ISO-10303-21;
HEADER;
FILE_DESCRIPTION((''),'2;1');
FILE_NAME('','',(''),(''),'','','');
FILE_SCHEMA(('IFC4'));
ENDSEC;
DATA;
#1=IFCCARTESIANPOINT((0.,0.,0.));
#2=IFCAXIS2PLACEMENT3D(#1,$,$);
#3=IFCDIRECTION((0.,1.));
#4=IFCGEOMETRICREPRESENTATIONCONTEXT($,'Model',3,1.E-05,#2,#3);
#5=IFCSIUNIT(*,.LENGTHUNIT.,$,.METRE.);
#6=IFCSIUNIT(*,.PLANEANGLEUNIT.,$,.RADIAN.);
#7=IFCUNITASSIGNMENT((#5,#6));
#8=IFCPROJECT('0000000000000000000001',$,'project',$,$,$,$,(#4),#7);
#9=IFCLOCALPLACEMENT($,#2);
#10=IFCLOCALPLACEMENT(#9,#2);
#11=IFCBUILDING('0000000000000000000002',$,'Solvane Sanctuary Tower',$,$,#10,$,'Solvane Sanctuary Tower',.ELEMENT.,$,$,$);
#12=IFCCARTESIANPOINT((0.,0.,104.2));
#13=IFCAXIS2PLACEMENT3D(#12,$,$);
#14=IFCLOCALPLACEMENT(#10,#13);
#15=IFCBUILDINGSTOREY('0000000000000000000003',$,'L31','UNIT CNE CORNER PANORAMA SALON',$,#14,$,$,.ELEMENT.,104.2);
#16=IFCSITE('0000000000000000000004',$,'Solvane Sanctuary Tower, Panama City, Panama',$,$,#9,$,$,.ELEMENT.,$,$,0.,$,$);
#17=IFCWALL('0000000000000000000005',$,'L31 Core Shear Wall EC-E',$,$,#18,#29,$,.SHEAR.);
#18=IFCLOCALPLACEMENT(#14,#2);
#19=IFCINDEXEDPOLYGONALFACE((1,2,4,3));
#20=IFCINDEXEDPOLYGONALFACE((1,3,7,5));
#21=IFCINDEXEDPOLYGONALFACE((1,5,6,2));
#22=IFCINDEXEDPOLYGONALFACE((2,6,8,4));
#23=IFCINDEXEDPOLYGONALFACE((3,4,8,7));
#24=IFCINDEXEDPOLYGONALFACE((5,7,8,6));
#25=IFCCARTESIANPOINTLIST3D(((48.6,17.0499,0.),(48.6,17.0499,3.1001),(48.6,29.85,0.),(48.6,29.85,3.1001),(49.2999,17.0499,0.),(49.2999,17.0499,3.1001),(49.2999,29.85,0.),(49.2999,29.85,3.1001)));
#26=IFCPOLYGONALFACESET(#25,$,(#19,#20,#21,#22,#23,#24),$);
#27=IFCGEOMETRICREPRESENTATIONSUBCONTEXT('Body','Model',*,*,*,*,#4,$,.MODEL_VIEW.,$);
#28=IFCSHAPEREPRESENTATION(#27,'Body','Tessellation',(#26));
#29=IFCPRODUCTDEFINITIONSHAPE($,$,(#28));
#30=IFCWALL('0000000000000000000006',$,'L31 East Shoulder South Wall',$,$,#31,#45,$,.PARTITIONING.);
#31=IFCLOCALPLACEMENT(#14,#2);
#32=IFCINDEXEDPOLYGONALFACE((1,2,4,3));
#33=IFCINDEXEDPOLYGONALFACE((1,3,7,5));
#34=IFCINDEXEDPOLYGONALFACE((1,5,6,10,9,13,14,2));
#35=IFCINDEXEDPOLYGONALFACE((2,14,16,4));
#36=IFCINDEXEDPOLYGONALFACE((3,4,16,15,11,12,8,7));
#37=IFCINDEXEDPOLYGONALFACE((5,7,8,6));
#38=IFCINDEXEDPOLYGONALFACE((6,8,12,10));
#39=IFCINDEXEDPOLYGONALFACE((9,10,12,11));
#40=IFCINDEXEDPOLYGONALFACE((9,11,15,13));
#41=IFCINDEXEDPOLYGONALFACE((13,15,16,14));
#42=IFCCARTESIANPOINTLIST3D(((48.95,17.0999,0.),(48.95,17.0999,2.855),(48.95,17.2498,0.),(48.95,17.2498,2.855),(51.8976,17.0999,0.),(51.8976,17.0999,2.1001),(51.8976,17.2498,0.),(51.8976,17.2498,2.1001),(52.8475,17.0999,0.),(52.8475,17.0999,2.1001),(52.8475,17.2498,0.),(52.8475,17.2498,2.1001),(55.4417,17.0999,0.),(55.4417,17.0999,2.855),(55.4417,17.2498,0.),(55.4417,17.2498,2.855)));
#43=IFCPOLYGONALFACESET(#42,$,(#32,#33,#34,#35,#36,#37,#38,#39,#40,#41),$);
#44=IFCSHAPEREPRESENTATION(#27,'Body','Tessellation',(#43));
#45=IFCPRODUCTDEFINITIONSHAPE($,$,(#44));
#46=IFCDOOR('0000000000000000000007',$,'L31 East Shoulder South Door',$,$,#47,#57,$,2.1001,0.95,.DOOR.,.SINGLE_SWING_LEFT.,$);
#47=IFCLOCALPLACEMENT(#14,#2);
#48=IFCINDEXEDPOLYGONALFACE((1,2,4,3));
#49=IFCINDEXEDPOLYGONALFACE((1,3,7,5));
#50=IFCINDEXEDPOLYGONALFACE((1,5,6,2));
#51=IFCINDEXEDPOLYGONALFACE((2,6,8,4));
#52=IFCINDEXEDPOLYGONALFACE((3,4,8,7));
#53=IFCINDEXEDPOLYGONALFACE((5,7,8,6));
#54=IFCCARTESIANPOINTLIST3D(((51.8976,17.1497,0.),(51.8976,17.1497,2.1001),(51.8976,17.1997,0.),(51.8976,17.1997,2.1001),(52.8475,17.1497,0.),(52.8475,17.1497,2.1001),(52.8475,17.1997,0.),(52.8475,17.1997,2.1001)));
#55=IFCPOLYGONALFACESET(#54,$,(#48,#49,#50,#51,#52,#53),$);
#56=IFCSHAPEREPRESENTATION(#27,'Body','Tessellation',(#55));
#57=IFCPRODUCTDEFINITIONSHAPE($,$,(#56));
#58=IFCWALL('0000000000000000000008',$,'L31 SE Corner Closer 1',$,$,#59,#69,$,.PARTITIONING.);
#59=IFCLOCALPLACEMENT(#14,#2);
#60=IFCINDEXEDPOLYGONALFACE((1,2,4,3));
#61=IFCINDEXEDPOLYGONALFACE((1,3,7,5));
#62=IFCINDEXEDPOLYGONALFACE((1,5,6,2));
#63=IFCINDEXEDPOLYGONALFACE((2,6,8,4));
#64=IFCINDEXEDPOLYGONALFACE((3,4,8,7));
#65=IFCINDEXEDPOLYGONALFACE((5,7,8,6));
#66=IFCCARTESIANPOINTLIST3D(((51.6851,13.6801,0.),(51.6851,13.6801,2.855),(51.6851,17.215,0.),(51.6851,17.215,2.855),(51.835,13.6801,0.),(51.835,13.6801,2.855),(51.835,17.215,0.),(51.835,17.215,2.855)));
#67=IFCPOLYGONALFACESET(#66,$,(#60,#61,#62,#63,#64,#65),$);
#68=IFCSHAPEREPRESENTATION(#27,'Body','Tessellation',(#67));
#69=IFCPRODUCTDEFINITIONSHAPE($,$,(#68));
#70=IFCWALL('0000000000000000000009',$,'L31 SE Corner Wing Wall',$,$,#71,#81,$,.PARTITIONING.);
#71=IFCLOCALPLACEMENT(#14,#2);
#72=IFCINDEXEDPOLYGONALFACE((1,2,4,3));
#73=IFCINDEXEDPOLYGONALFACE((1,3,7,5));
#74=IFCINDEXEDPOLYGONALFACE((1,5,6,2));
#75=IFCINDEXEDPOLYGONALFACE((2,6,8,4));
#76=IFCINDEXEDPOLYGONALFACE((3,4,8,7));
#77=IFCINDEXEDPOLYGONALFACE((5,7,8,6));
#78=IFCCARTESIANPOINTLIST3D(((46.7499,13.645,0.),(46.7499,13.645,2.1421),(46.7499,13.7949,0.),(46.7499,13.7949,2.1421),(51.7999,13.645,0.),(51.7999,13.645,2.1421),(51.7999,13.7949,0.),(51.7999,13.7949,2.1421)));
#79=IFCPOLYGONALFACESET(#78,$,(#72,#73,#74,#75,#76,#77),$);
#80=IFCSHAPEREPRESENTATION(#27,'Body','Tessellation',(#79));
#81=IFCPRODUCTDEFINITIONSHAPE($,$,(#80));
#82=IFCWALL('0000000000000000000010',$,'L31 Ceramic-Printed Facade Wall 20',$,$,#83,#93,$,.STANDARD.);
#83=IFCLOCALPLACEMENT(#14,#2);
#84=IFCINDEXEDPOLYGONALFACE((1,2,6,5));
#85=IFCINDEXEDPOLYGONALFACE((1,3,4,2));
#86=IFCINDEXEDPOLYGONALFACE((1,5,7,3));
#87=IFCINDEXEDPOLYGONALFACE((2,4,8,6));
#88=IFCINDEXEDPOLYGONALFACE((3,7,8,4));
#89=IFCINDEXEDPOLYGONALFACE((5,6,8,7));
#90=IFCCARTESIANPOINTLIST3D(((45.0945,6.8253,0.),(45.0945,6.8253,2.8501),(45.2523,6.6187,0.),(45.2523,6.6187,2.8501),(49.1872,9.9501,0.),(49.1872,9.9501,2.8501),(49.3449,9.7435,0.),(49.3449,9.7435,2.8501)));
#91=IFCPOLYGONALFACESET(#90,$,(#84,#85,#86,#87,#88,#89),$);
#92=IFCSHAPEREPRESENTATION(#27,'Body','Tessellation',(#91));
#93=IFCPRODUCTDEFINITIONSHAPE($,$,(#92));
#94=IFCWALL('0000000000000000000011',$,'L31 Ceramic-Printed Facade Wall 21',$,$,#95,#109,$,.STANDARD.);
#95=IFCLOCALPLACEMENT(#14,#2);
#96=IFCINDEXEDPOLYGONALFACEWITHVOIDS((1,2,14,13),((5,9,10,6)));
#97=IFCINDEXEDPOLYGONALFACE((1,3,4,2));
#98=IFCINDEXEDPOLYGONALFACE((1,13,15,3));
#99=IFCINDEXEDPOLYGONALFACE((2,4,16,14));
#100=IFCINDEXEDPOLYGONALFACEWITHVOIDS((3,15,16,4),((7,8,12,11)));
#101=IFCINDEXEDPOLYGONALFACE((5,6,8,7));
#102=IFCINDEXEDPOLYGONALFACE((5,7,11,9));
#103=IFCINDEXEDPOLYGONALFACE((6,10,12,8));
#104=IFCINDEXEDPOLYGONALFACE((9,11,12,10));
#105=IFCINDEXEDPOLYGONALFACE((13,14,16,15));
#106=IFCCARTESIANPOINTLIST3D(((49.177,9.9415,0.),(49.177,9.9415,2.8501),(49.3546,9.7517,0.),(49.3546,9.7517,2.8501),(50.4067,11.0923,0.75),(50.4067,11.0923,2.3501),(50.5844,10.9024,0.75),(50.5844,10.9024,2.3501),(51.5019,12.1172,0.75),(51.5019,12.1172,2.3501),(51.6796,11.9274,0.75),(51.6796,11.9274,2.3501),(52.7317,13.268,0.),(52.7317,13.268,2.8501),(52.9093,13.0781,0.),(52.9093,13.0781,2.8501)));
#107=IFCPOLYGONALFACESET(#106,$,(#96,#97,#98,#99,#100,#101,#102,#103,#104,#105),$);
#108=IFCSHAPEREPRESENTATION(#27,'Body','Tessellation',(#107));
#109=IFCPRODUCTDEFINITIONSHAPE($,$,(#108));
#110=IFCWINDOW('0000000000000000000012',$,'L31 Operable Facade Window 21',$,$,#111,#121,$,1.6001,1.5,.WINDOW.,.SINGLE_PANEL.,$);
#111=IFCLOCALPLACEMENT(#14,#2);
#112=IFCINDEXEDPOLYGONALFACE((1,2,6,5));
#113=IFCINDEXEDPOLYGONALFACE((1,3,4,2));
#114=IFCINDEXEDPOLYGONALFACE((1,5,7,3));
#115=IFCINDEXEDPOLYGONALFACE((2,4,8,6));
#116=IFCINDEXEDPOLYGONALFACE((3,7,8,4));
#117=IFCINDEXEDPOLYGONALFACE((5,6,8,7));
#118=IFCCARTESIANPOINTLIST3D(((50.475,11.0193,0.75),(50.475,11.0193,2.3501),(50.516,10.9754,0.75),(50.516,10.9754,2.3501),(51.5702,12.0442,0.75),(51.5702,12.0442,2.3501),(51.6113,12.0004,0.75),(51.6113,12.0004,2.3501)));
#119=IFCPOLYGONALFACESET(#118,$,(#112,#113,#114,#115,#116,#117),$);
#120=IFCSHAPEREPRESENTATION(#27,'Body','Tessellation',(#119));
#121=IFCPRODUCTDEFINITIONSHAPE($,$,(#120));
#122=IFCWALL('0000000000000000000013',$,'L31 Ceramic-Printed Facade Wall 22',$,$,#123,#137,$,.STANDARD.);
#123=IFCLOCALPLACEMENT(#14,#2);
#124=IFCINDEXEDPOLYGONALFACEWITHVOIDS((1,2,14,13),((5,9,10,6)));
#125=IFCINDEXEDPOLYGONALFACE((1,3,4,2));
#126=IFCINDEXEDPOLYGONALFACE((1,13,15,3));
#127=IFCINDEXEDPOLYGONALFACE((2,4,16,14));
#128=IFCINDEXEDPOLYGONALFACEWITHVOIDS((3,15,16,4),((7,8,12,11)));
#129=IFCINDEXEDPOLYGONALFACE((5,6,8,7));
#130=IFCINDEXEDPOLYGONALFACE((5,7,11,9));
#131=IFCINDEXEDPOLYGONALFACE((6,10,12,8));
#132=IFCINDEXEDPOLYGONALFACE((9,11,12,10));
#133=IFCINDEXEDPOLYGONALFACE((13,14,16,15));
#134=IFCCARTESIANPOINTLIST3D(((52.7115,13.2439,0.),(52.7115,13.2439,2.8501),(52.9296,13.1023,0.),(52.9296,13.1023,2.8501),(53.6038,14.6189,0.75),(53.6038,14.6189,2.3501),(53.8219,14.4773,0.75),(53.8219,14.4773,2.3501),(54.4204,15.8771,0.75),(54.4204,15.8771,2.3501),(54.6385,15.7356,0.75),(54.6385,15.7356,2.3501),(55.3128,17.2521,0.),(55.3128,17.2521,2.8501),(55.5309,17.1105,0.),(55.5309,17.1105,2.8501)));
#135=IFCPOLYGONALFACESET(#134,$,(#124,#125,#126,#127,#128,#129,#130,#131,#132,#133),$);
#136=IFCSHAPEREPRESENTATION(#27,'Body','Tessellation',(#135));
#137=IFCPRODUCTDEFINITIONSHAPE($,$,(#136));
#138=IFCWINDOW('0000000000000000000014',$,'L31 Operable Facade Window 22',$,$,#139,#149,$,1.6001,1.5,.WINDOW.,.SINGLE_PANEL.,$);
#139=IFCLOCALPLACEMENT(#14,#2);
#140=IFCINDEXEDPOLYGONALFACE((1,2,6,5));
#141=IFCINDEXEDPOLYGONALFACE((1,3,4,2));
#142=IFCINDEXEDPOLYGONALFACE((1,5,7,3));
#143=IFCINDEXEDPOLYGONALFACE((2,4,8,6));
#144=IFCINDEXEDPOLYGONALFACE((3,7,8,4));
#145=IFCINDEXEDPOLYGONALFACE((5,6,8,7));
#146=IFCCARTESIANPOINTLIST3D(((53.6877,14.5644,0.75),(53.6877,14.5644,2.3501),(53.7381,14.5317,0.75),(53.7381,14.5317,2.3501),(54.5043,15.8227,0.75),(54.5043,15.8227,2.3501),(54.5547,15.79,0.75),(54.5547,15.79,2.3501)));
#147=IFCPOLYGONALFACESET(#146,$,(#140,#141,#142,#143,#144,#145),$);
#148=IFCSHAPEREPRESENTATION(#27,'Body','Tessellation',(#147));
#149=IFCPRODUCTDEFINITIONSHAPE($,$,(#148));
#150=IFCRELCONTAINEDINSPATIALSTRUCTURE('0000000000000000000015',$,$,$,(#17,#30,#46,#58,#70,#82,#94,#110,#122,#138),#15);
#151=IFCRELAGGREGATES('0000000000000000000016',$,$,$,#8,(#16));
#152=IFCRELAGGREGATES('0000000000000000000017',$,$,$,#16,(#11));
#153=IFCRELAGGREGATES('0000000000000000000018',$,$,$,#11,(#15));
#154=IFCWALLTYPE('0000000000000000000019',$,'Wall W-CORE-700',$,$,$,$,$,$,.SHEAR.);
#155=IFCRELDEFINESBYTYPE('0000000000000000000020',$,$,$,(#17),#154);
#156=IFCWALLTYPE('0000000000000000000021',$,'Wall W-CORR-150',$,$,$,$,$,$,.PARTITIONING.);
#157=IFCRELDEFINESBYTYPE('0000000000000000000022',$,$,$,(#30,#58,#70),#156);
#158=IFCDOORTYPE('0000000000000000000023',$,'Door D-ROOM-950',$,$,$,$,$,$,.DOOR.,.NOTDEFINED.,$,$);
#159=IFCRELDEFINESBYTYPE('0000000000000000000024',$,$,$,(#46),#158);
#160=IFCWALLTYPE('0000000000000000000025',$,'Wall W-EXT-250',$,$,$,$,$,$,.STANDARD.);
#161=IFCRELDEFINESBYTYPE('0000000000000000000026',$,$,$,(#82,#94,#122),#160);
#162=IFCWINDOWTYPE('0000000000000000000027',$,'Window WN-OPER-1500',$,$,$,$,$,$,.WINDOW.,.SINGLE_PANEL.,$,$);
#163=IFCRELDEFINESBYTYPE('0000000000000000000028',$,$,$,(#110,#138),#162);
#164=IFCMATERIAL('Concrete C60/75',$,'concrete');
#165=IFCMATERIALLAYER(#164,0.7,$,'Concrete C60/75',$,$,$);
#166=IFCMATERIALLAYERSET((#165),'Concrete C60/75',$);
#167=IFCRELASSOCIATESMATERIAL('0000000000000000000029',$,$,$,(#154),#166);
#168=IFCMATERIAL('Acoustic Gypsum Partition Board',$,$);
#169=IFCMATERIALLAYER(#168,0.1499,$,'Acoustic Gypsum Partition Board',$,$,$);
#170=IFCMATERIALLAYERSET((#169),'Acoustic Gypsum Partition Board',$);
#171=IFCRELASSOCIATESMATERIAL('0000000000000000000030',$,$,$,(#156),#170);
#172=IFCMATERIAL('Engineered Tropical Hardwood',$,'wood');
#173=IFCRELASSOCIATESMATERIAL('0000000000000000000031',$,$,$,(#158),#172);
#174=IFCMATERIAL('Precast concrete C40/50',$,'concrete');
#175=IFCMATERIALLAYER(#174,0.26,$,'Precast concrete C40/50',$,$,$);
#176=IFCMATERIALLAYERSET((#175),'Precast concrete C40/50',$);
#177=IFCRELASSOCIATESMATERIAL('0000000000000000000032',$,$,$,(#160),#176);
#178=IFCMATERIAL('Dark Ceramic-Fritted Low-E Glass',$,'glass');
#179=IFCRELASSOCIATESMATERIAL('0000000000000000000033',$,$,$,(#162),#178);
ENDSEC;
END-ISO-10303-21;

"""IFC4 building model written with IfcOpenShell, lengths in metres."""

from ifc_helpers import new_model, si_unit, direction, frame, frame_2d, origin, place, context, subcontext, project, spatial, rectangle, extrude, material, layer, layer_set, type_object, element, fill, save


model = new_model("IFC4")

# Units and contexts
model_context = context("Model", 3, precision=1e-05, world=origin(), true_north=direction((0.0, 1.0)))
body_context = subcontext(model_context, "Body", "Model", "MODEL_VIEW")
ifc_project = project(units=[si_unit("LENGTHUNIT", "METRE"), si_unit("PLANEANGLEUNIT", "RADIAN")], contexts=[model_context])

# Site, building, storey
site_placement = place(None, origin())
site = spatial("IfcSite", under=ifc_project, at=site_placement, Name="Solvane Sanctuary Tower, Panama City, Panama", CompositionType="ELEMENT", RefElevation=0.0)
building_placement = place(site_placement, origin())
building = spatial("IfcBuilding", under=site, at=building_placement, Name="Solvane Sanctuary Tower", LongName="Solvane Sanctuary Tower", CompositionType="ELEMENT")
storey_placement = place(building_placement, frame((0.0, 0.0, 104.2)))
storey = spatial("IfcBuildingStorey", under=building, at=storey_placement, Name="L31", Description="UNIT CNE CORNER PANORAMA SALON", CompositionType="ELEMENT", Elevation=104.2)

# Shared definitions
ifc_material_1 = material(Name="Concrete C60/75", Category="concrete")

# Wall
ifc_layer_1 = layer(ifc_material_1, 0.7, Name="Concrete C60/75")
ifc_layer_set_1 = layer_set([ifc_layer_1], Name="Concrete C60/75")
wall_type_1 = type_object("IfcWallType", Name="Wall W-CORE-700", PredefinedType="SHEAR", material=ifc_layer_set_1)
wall_1_placement = place(storey_placement, frame((48.95, 17.05, 0.0), z_axis=(0.0, 0.0, 1.0), x_axis=(0.0, 1.0, 0.0)))
element("IfcWall", 1, at=wall_1_placement, inside=storey, type_object=wall_type_1, Name="L31 Core Shear Wall EC-E", PredefinedType="SHEAR", context=body_context, shape_type="SweptSolid", body=[
    extrude(rectangle(XDim=12.8, YDim=0.7, at=frame_2d((6.3999, 0.0))), origin(), (0.0, 0.0, 1.0), 3.1001),
])

# Wall, opening, door
ifc_material_2 = material(Name="Acoustic Gypsum Partition Board")
ifc_layer_2 = layer(ifc_material_2, 0.1499, Name="Acoustic Gypsum Partition Board")
ifc_layer_set_2 = layer_set([ifc_layer_2], Name="Acoustic Gypsum Partition Board")
wall_type_2 = type_object("IfcWallType", Name="Wall W-CORR-150", PredefinedType="PARTITIONING", material=ifc_layer_set_2)
wall_2_placement = place(storey_placement, frame((48.95, 17.1748, 0.0), z_axis=(0.0, 0.0, 1.0), x_axis=(1.0, 0.0, 0.0)))
wall_2 = element("IfcWall", 2, at=wall_2_placement, inside=storey, type_object=wall_type_2, Name="L31 East Shoulder South Wall", PredefinedType="PARTITIONING", context=body_context, shape_type="SweptSolid", body=[
    extrude(rectangle(XDim=6.4917, YDim=0.1499, at=frame_2d((3.2458, 0.0))), origin(), (0.0, 0.0, 1.0), 2.855),
])
opening_1_placement = place(wall_2_placement, frame((2.9475, 0.0, 0.0)))
opening_1 = element("IfcOpeningElement", 3, at=opening_1_placement, cuts=wall_2, PredefinedType="OPENING", context=body_context, shape_type="SweptSolid", body=[
    extrude(rectangle(XDim=0.95, YDim=2.1001, at=frame_2d((0.4751, 1.05))), frame((0.0, 0.085, 0.0), z_axis=(0.0, -1.0, 0.0), x_axis=(1.0, 0.0, 0.0)), (0.0, 0.0, 1.0), 0.1699),
])
ifc_material_3 = material(Name="Engineered Tropical Hardwood", Category="wood")
door_type = type_object("IfcDoorType", Name="Door D-ROOM-950", OperationType="NOTDEFINED", PredefinedType="DOOR", material=ifc_material_3)
door_placement = place(opening_1_placement, origin())
door = element("IfcDoor", 4, at=door_placement, inside=storey, type_object=door_type, Name="L31 East Shoulder South Door", OperationType="SINGLE_SWING_LEFT", OverallHeight=2.1001, OverallWidth=0.95, PredefinedType="DOOR", context=body_context, shape_type="SweptSolid", body=[
    extrude(rectangle(XDim=0.95, YDim=2.1001, at=frame_2d((0.4751, 1.05))), frame((0.0, 0.0249, 0.0), z_axis=(0.0, -1.0, 0.0), x_axis=(1.0, 0.0, 0.0)), (0.0, 0.0, 1.0), 0.05),
])
fill(opening_1, door)

# Walls
wall_3_placement = place(storey_placement, frame((51.76, 13.6799, 0.0), z_axis=(0.0, 0.0, 1.0), x_axis=(0.0, 1.0, 0.0)))
element("IfcWall", 5, at=wall_3_placement, inside=storey, type_object=wall_type_2, Name="L31 SE Corner Closer 1", PredefinedType="PARTITIONING", context=body_context, shape_type="SweptSolid", body=[
    extrude(rectangle(XDim=3.5349, YDim=0.1499, at=frame_2d((1.7676, 0.0))), origin(), (0.0, 0.0, 1.0), 2.855),
])
wall_4_placement = place(storey_placement, frame((46.75, 13.72, 0.0), z_axis=(0.0, 0.0, 1.0), x_axis=(1.0, 0.0, 0.0)))
element("IfcWall", 6, at=wall_4_placement, inside=storey, type_object=wall_type_2, Name="L31 SE Corner Wing Wall", PredefinedType="PARTITIONING", context=body_context, shape_type="SweptSolid", body=[
    extrude(rectangle(XDim=5.05, YDim=0.1499, at=frame_2d((2.5249, 0.0))), origin(), (0.0, 0.0, 1.0), 2.1421),
])
ifc_material_4 = material(Name="Precast concrete C40/50", Category="concrete")
ifc_layer_3 = layer(ifc_material_4, 0.26, Name="Precast concrete C40/50")
ifc_layer_set_3 = layer_set([ifc_layer_3], Name="Precast concrete C40/50")
wall_type_3 = type_object("IfcWallType", Name="Wall W-EXT-250", PredefinedType="STANDARD", material=ifc_layer_set_3)
wall_5_placement = place(storey_placement, frame((45.1733, 6.7219, 0.0), z_axis=(0.0, 0.0, 1.0), x_axis=(0.79481, 0.606859, 0.0)))
element("IfcWall", 7, at=wall_5_placement, inside=storey, type_object=wall_type_3, Name="L31 Ceramic-Printed Facade Wall 20", PredefinedType="STANDARD", context=body_context, shape_type="SweptSolid", body=[
    extrude(rectangle(XDim=5.1492, YDim=0.26, at=frame_2d((2.5747, 0.0))), origin(), (0.0, 0.0, 1.0), 2.8501),
])

# Walls, openings, windows
wall_6_placement = place(storey_placement, frame((49.2659, 9.8467, 0.0), z_axis=(0.0, 0.0, 1.0), x_axis=(0.730162, 0.683274, 0.0)))
wall_6 = element("IfcWall", 8, at=wall_6_placement, inside=storey, type_object=wall_type_3, Name="L31 Ceramic-Printed Facade Wall 21", PredefinedType="STANDARD", context=body_context, shape_type="SweptSolid", body=[
    extrude(rectangle(XDim=4.8684, YDim=0.26, at=frame_2d((2.4341, 0.0))), origin(), (0.0, 0.0, 1.0), 2.8501),
])
opening_2_placement = place(wall_6_placement, frame((1.6841, 0.0, 0.75)))
opening_2 = element("IfcOpeningElement", 9, at=opening_2_placement, cuts=wall_6, PredefinedType="OPENING", context=body_context, shape_type="SweptSolid", body=[
    extrude(rectangle(XDim=1.5, YDim=1.6001, at=frame_2d((0.75, 0.8))), frame((0.0, 0.1399, 0.0), z_axis=(0.0, -1.0, 0.0), x_axis=(1.0, 0.0, 0.0)), (0.0, 0.0, 1.0), 0.28),
])
ifc_material_5 = material(Name="Dark Ceramic-Fritted Low-E Glass", Category="glass")
window_type_1 = type_object("IfcWindowType", Name="Window WN-OPER-1500", PartitioningType="SINGLE_PANEL", PredefinedType="WINDOW", material=ifc_material_5)
window_1_placement = place(opening_2_placement, origin())
window_1 = element("IfcWindow", 10, at=window_1_placement, inside=storey, type_object=window_type_1, Name="L31 Operable Facade Window 21", OverallHeight=1.6001, OverallWidth=1.5, PartitioningType="SINGLE_PANEL", PredefinedType="WINDOW", context=body_context, shape_type="SweptSolid", body=[
    extrude(rectangle(XDim=1.5, YDim=1.6001, at=frame_2d((0.75, 0.8))), frame((0.0, 0.03, 0.0), z_axis=(0.0, -1.0, 0.0), x_axis=(1.0, 0.0, 0.0)), (0.0, 0.0, 1.0), 0.0601),
])
fill(opening_2, window_1)
wall_7_placement = place(storey_placement, frame((52.8206, 13.1731, 0.0), z_axis=(0.0, 0.0, 1.0), x_axis=(0.544388, 0.838833, 0.0)))
wall_7 = element("IfcWall", 11, at=wall_7_placement, inside=storey, type_object=wall_type_3, Name="L31 Ceramic-Printed Facade Wall 22", PredefinedType="STANDARD", context=body_context, shape_type="SweptSolid", body=[
    extrude(rectangle(XDim=4.7783, YDim=0.26, at=frame_2d((2.3892, 0.0))), origin(), (0.0, 0.0, 1.0), 2.8501),
])
opening_3_placement = place(wall_7_placement, frame((1.6392, 0.0, 0.75)))
opening_3 = element("IfcOpeningElement", 12, at=opening_3_placement, cuts=wall_7, PredefinedType="OPENING", context=body_context, shape_type="SweptSolid", body=[
    extrude(rectangle(XDim=1.5, YDim=1.6001, at=frame_2d((0.75, 0.8))), frame((0.0, 0.1399, 0.0), z_axis=(0.0, -1.0, 0.0), x_axis=(1.0, 0.0, 0.0)), (0.0, 0.0, 1.0), 0.28),
])
window_2_placement = place(opening_3_placement, origin())
window_2 = element("IfcWindow", 13, at=window_2_placement, inside=storey, type_object=window_type_1, Name="L31 Operable Facade Window 22", OverallHeight=1.6001, OverallWidth=1.5, PartitioningType="SINGLE_PANEL", PredefinedType="WINDOW", context=body_context, shape_type="SweptSolid", body=[
    extrude(rectangle(XDim=1.5, YDim=1.6001, at=frame_2d((0.75, 0.8))), frame((0.0, 0.03, 0.0), z_axis=(0.0, -1.0, 0.0), x_axis=(1.0, 0.0, 0.0)), (0.0, 0.0, 1.0), 0.0601),
])
fill(opening_3, window_2)

save(model, "model.ifc")
